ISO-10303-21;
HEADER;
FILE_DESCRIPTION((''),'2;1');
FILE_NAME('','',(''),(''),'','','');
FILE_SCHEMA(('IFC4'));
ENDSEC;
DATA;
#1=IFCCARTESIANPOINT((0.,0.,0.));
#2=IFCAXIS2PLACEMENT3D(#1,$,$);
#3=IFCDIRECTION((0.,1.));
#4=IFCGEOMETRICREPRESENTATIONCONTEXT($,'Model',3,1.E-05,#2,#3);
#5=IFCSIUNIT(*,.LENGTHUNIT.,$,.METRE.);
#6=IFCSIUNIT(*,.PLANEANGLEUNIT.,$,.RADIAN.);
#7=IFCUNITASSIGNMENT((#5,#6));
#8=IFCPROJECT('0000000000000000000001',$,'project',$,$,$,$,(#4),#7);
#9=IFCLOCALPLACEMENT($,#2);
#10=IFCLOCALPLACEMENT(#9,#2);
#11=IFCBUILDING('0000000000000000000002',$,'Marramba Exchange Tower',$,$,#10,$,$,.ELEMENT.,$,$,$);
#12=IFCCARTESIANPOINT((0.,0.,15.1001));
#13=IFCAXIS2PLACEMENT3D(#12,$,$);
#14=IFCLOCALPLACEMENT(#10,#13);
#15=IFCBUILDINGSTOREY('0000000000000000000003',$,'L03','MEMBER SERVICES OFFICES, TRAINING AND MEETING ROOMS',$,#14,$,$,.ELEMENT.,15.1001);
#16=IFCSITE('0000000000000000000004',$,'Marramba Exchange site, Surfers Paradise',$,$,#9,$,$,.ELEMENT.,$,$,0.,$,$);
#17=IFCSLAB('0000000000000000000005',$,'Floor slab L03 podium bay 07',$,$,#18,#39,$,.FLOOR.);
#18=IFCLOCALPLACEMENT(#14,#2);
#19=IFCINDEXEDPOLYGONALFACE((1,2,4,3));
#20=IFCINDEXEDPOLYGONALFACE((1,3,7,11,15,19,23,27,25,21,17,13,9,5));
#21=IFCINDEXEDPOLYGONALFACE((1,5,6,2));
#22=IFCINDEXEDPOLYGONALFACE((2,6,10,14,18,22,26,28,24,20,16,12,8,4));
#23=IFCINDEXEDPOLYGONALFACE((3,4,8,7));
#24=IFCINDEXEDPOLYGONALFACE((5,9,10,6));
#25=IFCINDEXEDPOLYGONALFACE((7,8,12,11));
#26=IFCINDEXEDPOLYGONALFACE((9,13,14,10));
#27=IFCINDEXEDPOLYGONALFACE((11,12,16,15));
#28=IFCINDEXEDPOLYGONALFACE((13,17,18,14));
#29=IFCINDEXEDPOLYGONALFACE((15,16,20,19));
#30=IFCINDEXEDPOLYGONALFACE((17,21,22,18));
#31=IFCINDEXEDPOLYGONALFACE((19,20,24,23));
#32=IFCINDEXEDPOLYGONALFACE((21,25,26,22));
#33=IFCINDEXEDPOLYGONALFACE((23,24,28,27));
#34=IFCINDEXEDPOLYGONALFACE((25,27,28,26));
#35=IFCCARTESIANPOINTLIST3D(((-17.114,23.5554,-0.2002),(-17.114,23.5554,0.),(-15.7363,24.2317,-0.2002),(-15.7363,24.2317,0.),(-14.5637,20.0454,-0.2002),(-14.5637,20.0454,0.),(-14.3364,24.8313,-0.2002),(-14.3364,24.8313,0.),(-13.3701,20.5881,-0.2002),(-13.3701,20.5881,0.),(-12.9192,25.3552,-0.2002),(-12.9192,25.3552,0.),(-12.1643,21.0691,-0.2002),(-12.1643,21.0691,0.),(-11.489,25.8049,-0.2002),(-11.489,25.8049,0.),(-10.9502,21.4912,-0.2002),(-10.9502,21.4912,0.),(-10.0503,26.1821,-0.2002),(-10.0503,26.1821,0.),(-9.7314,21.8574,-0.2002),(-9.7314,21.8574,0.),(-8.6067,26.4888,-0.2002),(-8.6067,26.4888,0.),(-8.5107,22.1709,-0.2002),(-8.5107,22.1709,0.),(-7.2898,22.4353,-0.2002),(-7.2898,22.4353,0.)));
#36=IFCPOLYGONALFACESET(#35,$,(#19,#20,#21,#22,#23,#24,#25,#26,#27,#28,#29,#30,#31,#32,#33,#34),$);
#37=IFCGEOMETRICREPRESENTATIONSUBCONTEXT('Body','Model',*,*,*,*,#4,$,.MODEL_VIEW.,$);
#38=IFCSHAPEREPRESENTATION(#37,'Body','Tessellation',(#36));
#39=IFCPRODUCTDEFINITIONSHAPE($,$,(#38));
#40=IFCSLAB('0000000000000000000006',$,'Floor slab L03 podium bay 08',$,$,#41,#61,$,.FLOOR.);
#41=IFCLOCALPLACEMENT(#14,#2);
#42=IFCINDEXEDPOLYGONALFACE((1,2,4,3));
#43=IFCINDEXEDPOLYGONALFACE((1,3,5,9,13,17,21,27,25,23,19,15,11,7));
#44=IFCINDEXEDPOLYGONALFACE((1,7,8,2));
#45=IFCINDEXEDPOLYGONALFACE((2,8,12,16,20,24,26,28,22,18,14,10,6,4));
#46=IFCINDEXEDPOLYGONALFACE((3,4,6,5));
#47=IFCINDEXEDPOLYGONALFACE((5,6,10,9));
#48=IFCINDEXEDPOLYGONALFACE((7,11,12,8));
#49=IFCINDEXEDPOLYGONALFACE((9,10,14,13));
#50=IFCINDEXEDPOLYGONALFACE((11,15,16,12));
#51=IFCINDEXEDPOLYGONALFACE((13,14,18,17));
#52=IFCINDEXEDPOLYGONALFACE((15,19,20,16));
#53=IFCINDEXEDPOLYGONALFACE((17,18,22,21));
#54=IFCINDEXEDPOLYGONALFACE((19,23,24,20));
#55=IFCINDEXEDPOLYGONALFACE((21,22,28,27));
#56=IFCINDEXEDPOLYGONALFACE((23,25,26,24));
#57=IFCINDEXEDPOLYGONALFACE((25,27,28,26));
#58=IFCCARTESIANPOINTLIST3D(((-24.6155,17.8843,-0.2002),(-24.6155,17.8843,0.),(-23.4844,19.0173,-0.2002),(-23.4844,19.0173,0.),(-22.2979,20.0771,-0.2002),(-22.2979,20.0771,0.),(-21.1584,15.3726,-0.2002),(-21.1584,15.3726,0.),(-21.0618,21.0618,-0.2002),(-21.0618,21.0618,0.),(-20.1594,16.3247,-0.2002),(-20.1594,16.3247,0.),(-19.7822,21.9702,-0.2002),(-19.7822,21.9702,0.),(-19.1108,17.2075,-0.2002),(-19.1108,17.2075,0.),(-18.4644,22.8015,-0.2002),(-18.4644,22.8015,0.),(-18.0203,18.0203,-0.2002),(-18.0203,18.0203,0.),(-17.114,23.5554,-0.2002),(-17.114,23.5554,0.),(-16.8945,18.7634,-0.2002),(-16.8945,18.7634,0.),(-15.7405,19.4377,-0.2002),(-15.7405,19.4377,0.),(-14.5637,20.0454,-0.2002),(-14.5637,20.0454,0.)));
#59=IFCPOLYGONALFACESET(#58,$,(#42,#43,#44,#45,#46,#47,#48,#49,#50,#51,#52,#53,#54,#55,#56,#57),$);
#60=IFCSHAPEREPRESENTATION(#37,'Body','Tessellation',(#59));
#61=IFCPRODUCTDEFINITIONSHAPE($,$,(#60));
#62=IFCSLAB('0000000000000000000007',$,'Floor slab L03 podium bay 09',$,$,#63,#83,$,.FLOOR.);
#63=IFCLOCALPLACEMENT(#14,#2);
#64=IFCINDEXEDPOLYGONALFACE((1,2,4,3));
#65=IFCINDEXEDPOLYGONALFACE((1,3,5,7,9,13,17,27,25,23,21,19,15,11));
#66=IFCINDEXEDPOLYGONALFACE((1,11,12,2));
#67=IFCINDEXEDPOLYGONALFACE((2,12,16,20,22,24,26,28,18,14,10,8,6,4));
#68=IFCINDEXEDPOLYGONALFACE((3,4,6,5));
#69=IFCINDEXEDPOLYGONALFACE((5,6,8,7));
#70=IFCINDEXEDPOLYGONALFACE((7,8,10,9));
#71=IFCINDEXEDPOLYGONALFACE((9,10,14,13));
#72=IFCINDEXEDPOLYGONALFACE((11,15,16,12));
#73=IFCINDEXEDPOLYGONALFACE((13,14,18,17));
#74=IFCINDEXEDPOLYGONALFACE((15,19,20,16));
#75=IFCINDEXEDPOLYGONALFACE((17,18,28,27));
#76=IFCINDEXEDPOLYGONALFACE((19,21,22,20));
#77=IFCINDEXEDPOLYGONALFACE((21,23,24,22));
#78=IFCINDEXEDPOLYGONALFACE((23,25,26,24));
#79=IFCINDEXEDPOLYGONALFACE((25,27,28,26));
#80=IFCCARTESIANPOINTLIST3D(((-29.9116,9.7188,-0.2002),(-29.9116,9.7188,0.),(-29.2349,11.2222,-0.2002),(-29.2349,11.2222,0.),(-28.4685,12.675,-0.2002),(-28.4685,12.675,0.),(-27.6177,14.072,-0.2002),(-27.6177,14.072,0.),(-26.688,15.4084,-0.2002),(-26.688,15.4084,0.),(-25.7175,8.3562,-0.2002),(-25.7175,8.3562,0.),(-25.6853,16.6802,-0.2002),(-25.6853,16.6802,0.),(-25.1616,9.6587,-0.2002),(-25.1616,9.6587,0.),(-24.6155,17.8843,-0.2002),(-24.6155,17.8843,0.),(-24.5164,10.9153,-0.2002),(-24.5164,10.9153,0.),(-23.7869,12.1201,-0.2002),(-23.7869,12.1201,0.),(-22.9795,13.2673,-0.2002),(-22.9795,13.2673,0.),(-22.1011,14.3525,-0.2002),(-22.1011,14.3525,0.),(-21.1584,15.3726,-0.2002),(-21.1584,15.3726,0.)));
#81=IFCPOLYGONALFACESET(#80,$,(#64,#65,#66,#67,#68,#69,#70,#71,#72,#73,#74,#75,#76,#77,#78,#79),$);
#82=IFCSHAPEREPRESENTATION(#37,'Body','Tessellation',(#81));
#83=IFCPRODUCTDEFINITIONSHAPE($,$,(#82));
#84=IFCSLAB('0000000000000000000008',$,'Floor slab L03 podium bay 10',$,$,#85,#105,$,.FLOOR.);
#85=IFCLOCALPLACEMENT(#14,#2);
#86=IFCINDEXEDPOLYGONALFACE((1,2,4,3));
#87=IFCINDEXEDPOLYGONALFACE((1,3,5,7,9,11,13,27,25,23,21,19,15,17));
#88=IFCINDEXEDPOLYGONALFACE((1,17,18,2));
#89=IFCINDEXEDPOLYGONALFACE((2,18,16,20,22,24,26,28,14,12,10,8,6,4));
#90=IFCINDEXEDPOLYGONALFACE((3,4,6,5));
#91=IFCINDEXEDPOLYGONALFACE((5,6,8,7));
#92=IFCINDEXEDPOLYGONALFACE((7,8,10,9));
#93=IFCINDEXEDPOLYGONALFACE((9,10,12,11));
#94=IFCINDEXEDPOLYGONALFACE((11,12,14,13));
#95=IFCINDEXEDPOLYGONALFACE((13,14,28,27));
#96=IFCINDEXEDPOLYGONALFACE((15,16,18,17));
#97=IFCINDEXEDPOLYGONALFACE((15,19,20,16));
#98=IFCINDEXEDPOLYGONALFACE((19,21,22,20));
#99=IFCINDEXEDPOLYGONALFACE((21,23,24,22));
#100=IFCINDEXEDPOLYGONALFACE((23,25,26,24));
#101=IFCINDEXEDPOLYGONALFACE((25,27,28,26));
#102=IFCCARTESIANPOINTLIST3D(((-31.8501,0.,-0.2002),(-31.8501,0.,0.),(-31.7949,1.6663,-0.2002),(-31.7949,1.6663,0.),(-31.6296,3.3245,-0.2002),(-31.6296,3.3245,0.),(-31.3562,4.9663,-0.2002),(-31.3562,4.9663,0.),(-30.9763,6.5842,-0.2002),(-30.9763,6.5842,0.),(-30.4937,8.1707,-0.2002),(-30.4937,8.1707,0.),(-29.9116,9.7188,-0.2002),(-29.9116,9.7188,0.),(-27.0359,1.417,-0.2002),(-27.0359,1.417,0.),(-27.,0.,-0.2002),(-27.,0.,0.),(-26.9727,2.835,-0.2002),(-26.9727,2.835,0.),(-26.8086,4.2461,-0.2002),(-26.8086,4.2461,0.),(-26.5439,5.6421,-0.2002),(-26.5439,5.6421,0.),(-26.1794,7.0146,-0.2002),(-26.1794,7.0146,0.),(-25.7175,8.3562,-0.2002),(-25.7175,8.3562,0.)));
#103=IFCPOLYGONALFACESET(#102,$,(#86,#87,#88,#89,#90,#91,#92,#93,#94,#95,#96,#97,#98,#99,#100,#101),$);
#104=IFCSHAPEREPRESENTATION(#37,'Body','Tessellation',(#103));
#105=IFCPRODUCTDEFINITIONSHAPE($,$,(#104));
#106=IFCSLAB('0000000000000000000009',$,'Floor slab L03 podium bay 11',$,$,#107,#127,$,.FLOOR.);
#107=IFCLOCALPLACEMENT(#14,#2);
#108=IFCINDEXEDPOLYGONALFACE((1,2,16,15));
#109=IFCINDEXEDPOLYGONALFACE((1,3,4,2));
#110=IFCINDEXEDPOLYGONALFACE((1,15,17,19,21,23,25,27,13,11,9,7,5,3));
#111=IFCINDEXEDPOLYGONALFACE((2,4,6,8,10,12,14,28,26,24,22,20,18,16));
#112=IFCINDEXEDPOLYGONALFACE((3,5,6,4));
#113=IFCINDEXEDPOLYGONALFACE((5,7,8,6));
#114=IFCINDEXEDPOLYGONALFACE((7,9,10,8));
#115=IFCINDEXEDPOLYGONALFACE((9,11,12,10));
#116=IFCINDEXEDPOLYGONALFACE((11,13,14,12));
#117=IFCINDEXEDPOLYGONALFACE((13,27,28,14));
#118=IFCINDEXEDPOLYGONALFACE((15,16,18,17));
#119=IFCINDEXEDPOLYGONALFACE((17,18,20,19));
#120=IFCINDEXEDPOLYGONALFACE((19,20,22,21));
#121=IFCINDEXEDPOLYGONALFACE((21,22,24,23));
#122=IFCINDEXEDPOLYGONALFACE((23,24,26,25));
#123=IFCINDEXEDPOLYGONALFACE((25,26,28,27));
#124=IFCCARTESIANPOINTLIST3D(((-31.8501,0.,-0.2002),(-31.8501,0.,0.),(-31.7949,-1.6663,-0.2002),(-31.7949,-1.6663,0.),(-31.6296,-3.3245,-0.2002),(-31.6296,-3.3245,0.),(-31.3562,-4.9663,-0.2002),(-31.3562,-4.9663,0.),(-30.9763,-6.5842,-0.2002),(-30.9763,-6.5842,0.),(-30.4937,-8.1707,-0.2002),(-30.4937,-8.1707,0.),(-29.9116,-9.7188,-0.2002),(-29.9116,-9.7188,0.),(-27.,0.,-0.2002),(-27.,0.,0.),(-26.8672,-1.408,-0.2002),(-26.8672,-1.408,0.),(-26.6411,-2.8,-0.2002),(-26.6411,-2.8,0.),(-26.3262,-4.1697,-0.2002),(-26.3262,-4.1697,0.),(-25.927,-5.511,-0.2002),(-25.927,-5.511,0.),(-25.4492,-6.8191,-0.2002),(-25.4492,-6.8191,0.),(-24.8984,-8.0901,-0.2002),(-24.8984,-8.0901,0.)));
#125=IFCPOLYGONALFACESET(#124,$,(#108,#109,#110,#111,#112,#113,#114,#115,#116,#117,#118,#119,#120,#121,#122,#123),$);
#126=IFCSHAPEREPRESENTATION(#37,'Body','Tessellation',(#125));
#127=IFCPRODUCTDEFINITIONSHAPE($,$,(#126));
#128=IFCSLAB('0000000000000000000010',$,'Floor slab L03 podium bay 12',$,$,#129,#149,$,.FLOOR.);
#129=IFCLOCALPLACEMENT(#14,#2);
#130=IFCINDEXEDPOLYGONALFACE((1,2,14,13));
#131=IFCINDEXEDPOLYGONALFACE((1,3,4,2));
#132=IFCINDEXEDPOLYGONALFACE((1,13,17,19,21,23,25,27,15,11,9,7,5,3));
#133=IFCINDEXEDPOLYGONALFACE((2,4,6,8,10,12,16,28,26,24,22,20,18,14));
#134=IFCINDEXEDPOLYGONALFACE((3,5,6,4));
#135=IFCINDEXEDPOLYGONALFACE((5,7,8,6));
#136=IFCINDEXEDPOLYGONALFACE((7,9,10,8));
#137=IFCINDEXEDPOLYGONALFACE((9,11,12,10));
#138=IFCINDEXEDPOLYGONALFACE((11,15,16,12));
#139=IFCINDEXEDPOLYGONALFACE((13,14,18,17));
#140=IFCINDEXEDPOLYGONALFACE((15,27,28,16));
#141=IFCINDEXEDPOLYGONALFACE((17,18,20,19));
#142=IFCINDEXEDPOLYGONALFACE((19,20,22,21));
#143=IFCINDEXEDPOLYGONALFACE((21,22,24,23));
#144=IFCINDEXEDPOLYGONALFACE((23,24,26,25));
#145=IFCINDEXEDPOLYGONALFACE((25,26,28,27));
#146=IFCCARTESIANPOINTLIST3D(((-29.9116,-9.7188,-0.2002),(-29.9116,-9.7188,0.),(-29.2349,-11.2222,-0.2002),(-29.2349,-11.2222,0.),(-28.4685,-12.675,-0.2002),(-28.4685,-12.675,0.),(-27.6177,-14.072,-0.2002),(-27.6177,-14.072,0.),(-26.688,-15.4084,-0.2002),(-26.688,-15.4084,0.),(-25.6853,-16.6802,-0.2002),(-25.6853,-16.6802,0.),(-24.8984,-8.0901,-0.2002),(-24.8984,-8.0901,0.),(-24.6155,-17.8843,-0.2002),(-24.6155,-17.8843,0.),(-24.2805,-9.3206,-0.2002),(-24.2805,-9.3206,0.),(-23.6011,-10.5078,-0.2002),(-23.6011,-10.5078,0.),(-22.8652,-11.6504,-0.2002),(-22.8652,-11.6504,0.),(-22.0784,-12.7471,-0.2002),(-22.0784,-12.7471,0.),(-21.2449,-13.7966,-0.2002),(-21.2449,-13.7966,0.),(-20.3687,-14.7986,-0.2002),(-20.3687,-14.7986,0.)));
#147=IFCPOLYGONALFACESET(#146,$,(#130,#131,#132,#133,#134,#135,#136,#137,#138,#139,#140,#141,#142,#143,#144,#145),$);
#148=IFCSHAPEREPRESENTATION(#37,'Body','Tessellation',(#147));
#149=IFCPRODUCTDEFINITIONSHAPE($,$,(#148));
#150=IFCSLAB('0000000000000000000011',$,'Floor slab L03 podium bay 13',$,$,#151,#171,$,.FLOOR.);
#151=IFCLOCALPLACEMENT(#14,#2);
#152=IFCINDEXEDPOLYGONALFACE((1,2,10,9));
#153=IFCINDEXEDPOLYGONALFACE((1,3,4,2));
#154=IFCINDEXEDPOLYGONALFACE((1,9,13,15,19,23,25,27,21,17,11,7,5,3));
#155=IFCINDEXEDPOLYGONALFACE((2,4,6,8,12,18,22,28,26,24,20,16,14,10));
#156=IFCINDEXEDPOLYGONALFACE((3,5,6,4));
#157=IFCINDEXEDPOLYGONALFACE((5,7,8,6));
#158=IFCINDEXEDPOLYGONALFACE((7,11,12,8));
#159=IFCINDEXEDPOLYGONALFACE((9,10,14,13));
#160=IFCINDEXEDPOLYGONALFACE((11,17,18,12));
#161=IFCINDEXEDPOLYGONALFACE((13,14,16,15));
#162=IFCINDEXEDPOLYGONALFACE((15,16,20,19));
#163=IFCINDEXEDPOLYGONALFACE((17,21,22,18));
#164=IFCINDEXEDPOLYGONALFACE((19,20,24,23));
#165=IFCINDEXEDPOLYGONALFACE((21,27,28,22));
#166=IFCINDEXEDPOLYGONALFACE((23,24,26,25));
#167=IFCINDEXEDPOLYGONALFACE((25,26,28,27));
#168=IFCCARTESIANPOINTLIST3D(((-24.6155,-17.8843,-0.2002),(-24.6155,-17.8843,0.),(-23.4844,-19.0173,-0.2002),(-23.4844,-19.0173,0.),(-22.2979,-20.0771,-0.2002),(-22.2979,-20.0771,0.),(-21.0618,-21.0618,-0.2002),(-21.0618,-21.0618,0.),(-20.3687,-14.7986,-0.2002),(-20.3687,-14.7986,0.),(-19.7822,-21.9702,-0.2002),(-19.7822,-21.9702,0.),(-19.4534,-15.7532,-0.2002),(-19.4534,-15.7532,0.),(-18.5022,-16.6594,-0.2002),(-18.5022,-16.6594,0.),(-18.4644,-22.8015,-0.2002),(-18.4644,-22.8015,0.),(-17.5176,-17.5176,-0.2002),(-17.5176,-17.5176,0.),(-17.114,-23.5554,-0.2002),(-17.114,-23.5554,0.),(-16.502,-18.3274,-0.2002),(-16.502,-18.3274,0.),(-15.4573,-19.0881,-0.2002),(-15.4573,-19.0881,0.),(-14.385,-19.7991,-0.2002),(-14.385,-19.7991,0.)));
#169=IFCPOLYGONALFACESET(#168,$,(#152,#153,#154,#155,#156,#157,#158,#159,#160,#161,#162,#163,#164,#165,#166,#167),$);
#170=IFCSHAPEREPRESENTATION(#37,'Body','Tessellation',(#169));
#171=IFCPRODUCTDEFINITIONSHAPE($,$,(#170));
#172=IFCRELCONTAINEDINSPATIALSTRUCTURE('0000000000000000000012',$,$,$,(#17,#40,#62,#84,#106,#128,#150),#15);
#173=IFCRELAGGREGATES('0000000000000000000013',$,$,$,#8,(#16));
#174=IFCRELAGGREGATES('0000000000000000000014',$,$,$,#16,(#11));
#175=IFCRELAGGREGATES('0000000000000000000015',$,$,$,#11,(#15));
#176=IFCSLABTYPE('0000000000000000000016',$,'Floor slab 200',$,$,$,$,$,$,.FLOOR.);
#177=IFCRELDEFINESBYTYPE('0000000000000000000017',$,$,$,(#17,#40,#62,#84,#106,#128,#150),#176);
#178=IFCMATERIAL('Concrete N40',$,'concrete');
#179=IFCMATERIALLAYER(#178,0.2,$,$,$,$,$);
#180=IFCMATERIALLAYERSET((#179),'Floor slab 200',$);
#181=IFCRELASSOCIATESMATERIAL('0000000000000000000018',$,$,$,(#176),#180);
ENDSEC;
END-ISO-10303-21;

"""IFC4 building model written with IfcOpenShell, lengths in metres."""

from ifc_helpers import new_model, si_unit, direction, frame, origin, place, context, subcontext, project, spatial, polyline, outline, extrude, material, layer, layer_set, type_object, element, save


model = new_model("IFC4")

# Units and contexts
model_context = context("Model", 3, precision=1e-05, world=origin(), true_north=direction((0.0, 1.0)))
body_context = subcontext(model_context, "Body", "Model", "MODEL_VIEW")
ifc_project = project(units=[si_unit("LENGTHUNIT", "METRE"), si_unit("PLANEANGLEUNIT", "RADIAN")], contexts=[model_context])

# Site, building, storey
site_placement = place(None, origin())
site = spatial("IfcSite", under=ifc_project, at=site_placement, Name="Marramba Exchange site, Surfers Paradise", CompositionType="ELEMENT", RefElevation=0.0)
building_placement = place(site_placement, origin())
building = spatial("IfcBuilding", under=site, at=building_placement, Name="Marramba Exchange Tower", CompositionType="ELEMENT")
storey_placement = place(building_placement, frame((0.0, 0.0, 15.1001)))
storey = spatial("IfcBuildingStorey", under=building, at=storey_placement, Name="L03", Description="MEMBER SERVICES OFFICES, TRAINING AND MEETING ROOMS", CompositionType="ELEMENT", Elevation=15.1001)

# Slabs
ifc_material_1 = material(Name="Concrete N40", Category="concrete")
ifc_layer = layer(ifc_material_1, 0.2)
ifc_layer_set = layer_set([ifc_layer], Name="Floor slab 200")
slab_type = type_object("IfcSlabType", Name="Floor slab 200", PredefinedType="FLOOR", material=ifc_layer_set)
slab_1_placement = place(storey_placement, frame((0.0, 0.0, -0.2002)))
element("IfcSlab", 1, at=slab_1_placement, inside=storey, type_object=slab_type, Name="Floor slab L03 podium bay 07", PredefinedType="FLOOR", context=body_context, shape_type="SweptSolid", body=[
    extrude(outline(polyline([(-17.114, 23.5554), (-15.7363, 24.2317), (-14.3364, 24.8313), (-12.9192, 25.3552), (-11.489, 25.8049), (-10.0503, 26.1821), (-8.6067, 26.4888), (-7.2898, 22.4353), (-8.5107, 22.1709), (-9.7314, 21.8574), (-10.9502, 21.4912), (-12.1643, 21.0691), (-13.3701, 20.5881), (-14.5637, 20.0454), (-17.114, 23.5554)])), origin(), (0.0, 0.0, 1.0), 0.2002),
])
slab_2_placement = place(storey_placement, frame((0.0, 0.0, -0.2002)))
element("IfcSlab", 2, at=slab_2_placement, inside=storey, type_object=slab_type, Name="Floor slab L03 podium bay 08", PredefinedType="FLOOR", context=body_context, shape_type="SweptSolid", body=[
    extrude(outline(polyline([(-24.6155, 17.8843), (-23.4844, 19.0173), (-22.2979, 20.0771), (-21.0618, 21.0618), (-19.7822, 21.9702), (-18.4644, 22.8015), (-17.114, 23.5554), (-14.5637, 20.0454), (-15.7405, 19.4377), (-16.8945, 18.7634), (-18.0203, 18.0203), (-19.1108, 17.2075), (-20.1594, 16.3247), (-21.1584, 15.3726), (-24.6155, 17.8843)])), origin(), (0.0, 0.0, 1.0), 0.2002),
])
slab_3_placement = place(storey_placement, frame((0.0, 0.0, -0.2002)))
element("IfcSlab", 3, at=slab_3_placement, inside=storey, type_object=slab_type, Name="Floor slab L03 podium bay 09", PredefinedType="FLOOR", context=body_context, shape_type="SweptSolid", body=[
    extrude(outline(polyline([(-29.9116, 9.7188), (-29.2349, 11.2222), (-28.4685, 12.675), (-27.6177, 14.072), (-26.688, 15.4084), (-25.6853, 16.6802), (-24.6155, 17.8843), (-21.1584, 15.3726), (-22.1011, 14.3525), (-22.9795, 13.2673), (-23.7869, 12.1201), (-24.5164, 10.9153), (-25.1616, 9.6587), (-25.7175, 8.3562), (-29.9116, 9.7188)])), origin(), (0.0, 0.0, 1.0), 0.2002),
])
slab_4_placement = place(storey_placement, frame((0.0, 0.0, -0.2002)))
element("IfcSlab", 4, at=slab_4_placement, inside=storey, type_object=slab_type, Name="Floor slab L03 podium bay 10", PredefinedType="FLOOR", context=body_context, shape_type="SweptSolid", body=[
    extrude(outline(polyline([(-31.7949, 1.6663), (-31.6296, 3.3245), (-31.3562, 4.9663), (-30.9763, 6.5842), (-30.4937, 8.1707), (-29.9116, 9.7188), (-25.7175, 8.3562), (-26.1794, 7.0146), (-26.5439, 5.6421), (-26.8086, 4.2461), (-26.9727, 2.835), (-27.0359, 1.417), (-27.0, 0.0), (-31.8501, 0.0), (-31.7949, 1.6663)])), origin(), (0.0, 0.0, 1.0), 0.2002),
])
slab_5_placement = place(storey_placement, frame((0.0, 0.0, -0.2002)))
element("IfcSlab", 5, at=slab_5_placement, inside=storey, type_object=slab_type, Name="Floor slab L03 podium bay 11", PredefinedType="FLOOR", context=body_context, shape_type="SweptSolid", body=[
    extrude(outline(polyline([(-30.4937, -8.1707), (-30.9763, -6.5842), (-31.3562, -4.9663), (-31.6296, -3.3245), (-31.7949, -1.6663), (-31.8501, 0.0), (-27.0, 0.0), (-26.8672, -1.408), (-26.6411, -2.8), (-26.3262, -4.1697), (-25.927, -5.511), (-25.4492, -6.8191), (-24.8984, -8.0901), (-29.9116, -9.7188), (-30.4937, -8.1707)])), origin(), (0.0, 0.0, 1.0), 0.2002),
])
slab_6_placement = place(storey_placement, frame((0.0, 0.0, -0.2002)))
element("IfcSlab", 6, at=slab_6_placement, inside=storey, type_object=slab_type, Name="Floor slab L03 podium bay 12", PredefinedType="FLOOR", context=body_context, shape_type="SweptSolid", body=[
    extrude(outline(polyline([(-25.6853, -16.6802), (-26.688, -15.4084), (-27.6177, -14.072), (-28.4685, -12.675), (-29.2349, -11.2222), (-29.9116, -9.7188), (-24.8984, -8.0901), (-24.2805, -9.3206), (-23.6011, -10.5078), (-22.8652, -11.6504), (-22.0784, -12.7471), (-21.2449, -13.7966), (-20.3687, -14.7986), (-24.6155, -17.8843), (-25.6853, -16.6802)])), origin(), (0.0, 0.0, 1.0), 0.2002),
])
slab_7_placement = place(storey_placement, frame((0.0, 0.0, -0.2002)))
element("IfcSlab", 7, at=slab_7_placement, inside=storey, type_object=slab_type, Name="Floor slab L03 podium bay 13", PredefinedType="FLOOR", context=body_context, shape_type="SweptSolid", body=[
    extrude(outline(polyline([(-18.4644, -22.8015), (-19.7822, -21.9702), (-21.0618, -21.0618), (-22.2979, -20.0771), (-23.4844, -19.0173), (-24.6155, -17.8843), (-20.3687, -14.7986), (-19.4534, -15.7532), (-18.5022, -16.6594), (-17.5176, -17.5176), (-16.502, -18.3274), (-15.4573, -19.0881), (-14.385, -19.7991), (-17.114, -23.5554), (-18.4644, -22.8015)])), origin(), (0.0, 0.0, 1.0), 0.2002),
])

save(model, "model.ifc")
